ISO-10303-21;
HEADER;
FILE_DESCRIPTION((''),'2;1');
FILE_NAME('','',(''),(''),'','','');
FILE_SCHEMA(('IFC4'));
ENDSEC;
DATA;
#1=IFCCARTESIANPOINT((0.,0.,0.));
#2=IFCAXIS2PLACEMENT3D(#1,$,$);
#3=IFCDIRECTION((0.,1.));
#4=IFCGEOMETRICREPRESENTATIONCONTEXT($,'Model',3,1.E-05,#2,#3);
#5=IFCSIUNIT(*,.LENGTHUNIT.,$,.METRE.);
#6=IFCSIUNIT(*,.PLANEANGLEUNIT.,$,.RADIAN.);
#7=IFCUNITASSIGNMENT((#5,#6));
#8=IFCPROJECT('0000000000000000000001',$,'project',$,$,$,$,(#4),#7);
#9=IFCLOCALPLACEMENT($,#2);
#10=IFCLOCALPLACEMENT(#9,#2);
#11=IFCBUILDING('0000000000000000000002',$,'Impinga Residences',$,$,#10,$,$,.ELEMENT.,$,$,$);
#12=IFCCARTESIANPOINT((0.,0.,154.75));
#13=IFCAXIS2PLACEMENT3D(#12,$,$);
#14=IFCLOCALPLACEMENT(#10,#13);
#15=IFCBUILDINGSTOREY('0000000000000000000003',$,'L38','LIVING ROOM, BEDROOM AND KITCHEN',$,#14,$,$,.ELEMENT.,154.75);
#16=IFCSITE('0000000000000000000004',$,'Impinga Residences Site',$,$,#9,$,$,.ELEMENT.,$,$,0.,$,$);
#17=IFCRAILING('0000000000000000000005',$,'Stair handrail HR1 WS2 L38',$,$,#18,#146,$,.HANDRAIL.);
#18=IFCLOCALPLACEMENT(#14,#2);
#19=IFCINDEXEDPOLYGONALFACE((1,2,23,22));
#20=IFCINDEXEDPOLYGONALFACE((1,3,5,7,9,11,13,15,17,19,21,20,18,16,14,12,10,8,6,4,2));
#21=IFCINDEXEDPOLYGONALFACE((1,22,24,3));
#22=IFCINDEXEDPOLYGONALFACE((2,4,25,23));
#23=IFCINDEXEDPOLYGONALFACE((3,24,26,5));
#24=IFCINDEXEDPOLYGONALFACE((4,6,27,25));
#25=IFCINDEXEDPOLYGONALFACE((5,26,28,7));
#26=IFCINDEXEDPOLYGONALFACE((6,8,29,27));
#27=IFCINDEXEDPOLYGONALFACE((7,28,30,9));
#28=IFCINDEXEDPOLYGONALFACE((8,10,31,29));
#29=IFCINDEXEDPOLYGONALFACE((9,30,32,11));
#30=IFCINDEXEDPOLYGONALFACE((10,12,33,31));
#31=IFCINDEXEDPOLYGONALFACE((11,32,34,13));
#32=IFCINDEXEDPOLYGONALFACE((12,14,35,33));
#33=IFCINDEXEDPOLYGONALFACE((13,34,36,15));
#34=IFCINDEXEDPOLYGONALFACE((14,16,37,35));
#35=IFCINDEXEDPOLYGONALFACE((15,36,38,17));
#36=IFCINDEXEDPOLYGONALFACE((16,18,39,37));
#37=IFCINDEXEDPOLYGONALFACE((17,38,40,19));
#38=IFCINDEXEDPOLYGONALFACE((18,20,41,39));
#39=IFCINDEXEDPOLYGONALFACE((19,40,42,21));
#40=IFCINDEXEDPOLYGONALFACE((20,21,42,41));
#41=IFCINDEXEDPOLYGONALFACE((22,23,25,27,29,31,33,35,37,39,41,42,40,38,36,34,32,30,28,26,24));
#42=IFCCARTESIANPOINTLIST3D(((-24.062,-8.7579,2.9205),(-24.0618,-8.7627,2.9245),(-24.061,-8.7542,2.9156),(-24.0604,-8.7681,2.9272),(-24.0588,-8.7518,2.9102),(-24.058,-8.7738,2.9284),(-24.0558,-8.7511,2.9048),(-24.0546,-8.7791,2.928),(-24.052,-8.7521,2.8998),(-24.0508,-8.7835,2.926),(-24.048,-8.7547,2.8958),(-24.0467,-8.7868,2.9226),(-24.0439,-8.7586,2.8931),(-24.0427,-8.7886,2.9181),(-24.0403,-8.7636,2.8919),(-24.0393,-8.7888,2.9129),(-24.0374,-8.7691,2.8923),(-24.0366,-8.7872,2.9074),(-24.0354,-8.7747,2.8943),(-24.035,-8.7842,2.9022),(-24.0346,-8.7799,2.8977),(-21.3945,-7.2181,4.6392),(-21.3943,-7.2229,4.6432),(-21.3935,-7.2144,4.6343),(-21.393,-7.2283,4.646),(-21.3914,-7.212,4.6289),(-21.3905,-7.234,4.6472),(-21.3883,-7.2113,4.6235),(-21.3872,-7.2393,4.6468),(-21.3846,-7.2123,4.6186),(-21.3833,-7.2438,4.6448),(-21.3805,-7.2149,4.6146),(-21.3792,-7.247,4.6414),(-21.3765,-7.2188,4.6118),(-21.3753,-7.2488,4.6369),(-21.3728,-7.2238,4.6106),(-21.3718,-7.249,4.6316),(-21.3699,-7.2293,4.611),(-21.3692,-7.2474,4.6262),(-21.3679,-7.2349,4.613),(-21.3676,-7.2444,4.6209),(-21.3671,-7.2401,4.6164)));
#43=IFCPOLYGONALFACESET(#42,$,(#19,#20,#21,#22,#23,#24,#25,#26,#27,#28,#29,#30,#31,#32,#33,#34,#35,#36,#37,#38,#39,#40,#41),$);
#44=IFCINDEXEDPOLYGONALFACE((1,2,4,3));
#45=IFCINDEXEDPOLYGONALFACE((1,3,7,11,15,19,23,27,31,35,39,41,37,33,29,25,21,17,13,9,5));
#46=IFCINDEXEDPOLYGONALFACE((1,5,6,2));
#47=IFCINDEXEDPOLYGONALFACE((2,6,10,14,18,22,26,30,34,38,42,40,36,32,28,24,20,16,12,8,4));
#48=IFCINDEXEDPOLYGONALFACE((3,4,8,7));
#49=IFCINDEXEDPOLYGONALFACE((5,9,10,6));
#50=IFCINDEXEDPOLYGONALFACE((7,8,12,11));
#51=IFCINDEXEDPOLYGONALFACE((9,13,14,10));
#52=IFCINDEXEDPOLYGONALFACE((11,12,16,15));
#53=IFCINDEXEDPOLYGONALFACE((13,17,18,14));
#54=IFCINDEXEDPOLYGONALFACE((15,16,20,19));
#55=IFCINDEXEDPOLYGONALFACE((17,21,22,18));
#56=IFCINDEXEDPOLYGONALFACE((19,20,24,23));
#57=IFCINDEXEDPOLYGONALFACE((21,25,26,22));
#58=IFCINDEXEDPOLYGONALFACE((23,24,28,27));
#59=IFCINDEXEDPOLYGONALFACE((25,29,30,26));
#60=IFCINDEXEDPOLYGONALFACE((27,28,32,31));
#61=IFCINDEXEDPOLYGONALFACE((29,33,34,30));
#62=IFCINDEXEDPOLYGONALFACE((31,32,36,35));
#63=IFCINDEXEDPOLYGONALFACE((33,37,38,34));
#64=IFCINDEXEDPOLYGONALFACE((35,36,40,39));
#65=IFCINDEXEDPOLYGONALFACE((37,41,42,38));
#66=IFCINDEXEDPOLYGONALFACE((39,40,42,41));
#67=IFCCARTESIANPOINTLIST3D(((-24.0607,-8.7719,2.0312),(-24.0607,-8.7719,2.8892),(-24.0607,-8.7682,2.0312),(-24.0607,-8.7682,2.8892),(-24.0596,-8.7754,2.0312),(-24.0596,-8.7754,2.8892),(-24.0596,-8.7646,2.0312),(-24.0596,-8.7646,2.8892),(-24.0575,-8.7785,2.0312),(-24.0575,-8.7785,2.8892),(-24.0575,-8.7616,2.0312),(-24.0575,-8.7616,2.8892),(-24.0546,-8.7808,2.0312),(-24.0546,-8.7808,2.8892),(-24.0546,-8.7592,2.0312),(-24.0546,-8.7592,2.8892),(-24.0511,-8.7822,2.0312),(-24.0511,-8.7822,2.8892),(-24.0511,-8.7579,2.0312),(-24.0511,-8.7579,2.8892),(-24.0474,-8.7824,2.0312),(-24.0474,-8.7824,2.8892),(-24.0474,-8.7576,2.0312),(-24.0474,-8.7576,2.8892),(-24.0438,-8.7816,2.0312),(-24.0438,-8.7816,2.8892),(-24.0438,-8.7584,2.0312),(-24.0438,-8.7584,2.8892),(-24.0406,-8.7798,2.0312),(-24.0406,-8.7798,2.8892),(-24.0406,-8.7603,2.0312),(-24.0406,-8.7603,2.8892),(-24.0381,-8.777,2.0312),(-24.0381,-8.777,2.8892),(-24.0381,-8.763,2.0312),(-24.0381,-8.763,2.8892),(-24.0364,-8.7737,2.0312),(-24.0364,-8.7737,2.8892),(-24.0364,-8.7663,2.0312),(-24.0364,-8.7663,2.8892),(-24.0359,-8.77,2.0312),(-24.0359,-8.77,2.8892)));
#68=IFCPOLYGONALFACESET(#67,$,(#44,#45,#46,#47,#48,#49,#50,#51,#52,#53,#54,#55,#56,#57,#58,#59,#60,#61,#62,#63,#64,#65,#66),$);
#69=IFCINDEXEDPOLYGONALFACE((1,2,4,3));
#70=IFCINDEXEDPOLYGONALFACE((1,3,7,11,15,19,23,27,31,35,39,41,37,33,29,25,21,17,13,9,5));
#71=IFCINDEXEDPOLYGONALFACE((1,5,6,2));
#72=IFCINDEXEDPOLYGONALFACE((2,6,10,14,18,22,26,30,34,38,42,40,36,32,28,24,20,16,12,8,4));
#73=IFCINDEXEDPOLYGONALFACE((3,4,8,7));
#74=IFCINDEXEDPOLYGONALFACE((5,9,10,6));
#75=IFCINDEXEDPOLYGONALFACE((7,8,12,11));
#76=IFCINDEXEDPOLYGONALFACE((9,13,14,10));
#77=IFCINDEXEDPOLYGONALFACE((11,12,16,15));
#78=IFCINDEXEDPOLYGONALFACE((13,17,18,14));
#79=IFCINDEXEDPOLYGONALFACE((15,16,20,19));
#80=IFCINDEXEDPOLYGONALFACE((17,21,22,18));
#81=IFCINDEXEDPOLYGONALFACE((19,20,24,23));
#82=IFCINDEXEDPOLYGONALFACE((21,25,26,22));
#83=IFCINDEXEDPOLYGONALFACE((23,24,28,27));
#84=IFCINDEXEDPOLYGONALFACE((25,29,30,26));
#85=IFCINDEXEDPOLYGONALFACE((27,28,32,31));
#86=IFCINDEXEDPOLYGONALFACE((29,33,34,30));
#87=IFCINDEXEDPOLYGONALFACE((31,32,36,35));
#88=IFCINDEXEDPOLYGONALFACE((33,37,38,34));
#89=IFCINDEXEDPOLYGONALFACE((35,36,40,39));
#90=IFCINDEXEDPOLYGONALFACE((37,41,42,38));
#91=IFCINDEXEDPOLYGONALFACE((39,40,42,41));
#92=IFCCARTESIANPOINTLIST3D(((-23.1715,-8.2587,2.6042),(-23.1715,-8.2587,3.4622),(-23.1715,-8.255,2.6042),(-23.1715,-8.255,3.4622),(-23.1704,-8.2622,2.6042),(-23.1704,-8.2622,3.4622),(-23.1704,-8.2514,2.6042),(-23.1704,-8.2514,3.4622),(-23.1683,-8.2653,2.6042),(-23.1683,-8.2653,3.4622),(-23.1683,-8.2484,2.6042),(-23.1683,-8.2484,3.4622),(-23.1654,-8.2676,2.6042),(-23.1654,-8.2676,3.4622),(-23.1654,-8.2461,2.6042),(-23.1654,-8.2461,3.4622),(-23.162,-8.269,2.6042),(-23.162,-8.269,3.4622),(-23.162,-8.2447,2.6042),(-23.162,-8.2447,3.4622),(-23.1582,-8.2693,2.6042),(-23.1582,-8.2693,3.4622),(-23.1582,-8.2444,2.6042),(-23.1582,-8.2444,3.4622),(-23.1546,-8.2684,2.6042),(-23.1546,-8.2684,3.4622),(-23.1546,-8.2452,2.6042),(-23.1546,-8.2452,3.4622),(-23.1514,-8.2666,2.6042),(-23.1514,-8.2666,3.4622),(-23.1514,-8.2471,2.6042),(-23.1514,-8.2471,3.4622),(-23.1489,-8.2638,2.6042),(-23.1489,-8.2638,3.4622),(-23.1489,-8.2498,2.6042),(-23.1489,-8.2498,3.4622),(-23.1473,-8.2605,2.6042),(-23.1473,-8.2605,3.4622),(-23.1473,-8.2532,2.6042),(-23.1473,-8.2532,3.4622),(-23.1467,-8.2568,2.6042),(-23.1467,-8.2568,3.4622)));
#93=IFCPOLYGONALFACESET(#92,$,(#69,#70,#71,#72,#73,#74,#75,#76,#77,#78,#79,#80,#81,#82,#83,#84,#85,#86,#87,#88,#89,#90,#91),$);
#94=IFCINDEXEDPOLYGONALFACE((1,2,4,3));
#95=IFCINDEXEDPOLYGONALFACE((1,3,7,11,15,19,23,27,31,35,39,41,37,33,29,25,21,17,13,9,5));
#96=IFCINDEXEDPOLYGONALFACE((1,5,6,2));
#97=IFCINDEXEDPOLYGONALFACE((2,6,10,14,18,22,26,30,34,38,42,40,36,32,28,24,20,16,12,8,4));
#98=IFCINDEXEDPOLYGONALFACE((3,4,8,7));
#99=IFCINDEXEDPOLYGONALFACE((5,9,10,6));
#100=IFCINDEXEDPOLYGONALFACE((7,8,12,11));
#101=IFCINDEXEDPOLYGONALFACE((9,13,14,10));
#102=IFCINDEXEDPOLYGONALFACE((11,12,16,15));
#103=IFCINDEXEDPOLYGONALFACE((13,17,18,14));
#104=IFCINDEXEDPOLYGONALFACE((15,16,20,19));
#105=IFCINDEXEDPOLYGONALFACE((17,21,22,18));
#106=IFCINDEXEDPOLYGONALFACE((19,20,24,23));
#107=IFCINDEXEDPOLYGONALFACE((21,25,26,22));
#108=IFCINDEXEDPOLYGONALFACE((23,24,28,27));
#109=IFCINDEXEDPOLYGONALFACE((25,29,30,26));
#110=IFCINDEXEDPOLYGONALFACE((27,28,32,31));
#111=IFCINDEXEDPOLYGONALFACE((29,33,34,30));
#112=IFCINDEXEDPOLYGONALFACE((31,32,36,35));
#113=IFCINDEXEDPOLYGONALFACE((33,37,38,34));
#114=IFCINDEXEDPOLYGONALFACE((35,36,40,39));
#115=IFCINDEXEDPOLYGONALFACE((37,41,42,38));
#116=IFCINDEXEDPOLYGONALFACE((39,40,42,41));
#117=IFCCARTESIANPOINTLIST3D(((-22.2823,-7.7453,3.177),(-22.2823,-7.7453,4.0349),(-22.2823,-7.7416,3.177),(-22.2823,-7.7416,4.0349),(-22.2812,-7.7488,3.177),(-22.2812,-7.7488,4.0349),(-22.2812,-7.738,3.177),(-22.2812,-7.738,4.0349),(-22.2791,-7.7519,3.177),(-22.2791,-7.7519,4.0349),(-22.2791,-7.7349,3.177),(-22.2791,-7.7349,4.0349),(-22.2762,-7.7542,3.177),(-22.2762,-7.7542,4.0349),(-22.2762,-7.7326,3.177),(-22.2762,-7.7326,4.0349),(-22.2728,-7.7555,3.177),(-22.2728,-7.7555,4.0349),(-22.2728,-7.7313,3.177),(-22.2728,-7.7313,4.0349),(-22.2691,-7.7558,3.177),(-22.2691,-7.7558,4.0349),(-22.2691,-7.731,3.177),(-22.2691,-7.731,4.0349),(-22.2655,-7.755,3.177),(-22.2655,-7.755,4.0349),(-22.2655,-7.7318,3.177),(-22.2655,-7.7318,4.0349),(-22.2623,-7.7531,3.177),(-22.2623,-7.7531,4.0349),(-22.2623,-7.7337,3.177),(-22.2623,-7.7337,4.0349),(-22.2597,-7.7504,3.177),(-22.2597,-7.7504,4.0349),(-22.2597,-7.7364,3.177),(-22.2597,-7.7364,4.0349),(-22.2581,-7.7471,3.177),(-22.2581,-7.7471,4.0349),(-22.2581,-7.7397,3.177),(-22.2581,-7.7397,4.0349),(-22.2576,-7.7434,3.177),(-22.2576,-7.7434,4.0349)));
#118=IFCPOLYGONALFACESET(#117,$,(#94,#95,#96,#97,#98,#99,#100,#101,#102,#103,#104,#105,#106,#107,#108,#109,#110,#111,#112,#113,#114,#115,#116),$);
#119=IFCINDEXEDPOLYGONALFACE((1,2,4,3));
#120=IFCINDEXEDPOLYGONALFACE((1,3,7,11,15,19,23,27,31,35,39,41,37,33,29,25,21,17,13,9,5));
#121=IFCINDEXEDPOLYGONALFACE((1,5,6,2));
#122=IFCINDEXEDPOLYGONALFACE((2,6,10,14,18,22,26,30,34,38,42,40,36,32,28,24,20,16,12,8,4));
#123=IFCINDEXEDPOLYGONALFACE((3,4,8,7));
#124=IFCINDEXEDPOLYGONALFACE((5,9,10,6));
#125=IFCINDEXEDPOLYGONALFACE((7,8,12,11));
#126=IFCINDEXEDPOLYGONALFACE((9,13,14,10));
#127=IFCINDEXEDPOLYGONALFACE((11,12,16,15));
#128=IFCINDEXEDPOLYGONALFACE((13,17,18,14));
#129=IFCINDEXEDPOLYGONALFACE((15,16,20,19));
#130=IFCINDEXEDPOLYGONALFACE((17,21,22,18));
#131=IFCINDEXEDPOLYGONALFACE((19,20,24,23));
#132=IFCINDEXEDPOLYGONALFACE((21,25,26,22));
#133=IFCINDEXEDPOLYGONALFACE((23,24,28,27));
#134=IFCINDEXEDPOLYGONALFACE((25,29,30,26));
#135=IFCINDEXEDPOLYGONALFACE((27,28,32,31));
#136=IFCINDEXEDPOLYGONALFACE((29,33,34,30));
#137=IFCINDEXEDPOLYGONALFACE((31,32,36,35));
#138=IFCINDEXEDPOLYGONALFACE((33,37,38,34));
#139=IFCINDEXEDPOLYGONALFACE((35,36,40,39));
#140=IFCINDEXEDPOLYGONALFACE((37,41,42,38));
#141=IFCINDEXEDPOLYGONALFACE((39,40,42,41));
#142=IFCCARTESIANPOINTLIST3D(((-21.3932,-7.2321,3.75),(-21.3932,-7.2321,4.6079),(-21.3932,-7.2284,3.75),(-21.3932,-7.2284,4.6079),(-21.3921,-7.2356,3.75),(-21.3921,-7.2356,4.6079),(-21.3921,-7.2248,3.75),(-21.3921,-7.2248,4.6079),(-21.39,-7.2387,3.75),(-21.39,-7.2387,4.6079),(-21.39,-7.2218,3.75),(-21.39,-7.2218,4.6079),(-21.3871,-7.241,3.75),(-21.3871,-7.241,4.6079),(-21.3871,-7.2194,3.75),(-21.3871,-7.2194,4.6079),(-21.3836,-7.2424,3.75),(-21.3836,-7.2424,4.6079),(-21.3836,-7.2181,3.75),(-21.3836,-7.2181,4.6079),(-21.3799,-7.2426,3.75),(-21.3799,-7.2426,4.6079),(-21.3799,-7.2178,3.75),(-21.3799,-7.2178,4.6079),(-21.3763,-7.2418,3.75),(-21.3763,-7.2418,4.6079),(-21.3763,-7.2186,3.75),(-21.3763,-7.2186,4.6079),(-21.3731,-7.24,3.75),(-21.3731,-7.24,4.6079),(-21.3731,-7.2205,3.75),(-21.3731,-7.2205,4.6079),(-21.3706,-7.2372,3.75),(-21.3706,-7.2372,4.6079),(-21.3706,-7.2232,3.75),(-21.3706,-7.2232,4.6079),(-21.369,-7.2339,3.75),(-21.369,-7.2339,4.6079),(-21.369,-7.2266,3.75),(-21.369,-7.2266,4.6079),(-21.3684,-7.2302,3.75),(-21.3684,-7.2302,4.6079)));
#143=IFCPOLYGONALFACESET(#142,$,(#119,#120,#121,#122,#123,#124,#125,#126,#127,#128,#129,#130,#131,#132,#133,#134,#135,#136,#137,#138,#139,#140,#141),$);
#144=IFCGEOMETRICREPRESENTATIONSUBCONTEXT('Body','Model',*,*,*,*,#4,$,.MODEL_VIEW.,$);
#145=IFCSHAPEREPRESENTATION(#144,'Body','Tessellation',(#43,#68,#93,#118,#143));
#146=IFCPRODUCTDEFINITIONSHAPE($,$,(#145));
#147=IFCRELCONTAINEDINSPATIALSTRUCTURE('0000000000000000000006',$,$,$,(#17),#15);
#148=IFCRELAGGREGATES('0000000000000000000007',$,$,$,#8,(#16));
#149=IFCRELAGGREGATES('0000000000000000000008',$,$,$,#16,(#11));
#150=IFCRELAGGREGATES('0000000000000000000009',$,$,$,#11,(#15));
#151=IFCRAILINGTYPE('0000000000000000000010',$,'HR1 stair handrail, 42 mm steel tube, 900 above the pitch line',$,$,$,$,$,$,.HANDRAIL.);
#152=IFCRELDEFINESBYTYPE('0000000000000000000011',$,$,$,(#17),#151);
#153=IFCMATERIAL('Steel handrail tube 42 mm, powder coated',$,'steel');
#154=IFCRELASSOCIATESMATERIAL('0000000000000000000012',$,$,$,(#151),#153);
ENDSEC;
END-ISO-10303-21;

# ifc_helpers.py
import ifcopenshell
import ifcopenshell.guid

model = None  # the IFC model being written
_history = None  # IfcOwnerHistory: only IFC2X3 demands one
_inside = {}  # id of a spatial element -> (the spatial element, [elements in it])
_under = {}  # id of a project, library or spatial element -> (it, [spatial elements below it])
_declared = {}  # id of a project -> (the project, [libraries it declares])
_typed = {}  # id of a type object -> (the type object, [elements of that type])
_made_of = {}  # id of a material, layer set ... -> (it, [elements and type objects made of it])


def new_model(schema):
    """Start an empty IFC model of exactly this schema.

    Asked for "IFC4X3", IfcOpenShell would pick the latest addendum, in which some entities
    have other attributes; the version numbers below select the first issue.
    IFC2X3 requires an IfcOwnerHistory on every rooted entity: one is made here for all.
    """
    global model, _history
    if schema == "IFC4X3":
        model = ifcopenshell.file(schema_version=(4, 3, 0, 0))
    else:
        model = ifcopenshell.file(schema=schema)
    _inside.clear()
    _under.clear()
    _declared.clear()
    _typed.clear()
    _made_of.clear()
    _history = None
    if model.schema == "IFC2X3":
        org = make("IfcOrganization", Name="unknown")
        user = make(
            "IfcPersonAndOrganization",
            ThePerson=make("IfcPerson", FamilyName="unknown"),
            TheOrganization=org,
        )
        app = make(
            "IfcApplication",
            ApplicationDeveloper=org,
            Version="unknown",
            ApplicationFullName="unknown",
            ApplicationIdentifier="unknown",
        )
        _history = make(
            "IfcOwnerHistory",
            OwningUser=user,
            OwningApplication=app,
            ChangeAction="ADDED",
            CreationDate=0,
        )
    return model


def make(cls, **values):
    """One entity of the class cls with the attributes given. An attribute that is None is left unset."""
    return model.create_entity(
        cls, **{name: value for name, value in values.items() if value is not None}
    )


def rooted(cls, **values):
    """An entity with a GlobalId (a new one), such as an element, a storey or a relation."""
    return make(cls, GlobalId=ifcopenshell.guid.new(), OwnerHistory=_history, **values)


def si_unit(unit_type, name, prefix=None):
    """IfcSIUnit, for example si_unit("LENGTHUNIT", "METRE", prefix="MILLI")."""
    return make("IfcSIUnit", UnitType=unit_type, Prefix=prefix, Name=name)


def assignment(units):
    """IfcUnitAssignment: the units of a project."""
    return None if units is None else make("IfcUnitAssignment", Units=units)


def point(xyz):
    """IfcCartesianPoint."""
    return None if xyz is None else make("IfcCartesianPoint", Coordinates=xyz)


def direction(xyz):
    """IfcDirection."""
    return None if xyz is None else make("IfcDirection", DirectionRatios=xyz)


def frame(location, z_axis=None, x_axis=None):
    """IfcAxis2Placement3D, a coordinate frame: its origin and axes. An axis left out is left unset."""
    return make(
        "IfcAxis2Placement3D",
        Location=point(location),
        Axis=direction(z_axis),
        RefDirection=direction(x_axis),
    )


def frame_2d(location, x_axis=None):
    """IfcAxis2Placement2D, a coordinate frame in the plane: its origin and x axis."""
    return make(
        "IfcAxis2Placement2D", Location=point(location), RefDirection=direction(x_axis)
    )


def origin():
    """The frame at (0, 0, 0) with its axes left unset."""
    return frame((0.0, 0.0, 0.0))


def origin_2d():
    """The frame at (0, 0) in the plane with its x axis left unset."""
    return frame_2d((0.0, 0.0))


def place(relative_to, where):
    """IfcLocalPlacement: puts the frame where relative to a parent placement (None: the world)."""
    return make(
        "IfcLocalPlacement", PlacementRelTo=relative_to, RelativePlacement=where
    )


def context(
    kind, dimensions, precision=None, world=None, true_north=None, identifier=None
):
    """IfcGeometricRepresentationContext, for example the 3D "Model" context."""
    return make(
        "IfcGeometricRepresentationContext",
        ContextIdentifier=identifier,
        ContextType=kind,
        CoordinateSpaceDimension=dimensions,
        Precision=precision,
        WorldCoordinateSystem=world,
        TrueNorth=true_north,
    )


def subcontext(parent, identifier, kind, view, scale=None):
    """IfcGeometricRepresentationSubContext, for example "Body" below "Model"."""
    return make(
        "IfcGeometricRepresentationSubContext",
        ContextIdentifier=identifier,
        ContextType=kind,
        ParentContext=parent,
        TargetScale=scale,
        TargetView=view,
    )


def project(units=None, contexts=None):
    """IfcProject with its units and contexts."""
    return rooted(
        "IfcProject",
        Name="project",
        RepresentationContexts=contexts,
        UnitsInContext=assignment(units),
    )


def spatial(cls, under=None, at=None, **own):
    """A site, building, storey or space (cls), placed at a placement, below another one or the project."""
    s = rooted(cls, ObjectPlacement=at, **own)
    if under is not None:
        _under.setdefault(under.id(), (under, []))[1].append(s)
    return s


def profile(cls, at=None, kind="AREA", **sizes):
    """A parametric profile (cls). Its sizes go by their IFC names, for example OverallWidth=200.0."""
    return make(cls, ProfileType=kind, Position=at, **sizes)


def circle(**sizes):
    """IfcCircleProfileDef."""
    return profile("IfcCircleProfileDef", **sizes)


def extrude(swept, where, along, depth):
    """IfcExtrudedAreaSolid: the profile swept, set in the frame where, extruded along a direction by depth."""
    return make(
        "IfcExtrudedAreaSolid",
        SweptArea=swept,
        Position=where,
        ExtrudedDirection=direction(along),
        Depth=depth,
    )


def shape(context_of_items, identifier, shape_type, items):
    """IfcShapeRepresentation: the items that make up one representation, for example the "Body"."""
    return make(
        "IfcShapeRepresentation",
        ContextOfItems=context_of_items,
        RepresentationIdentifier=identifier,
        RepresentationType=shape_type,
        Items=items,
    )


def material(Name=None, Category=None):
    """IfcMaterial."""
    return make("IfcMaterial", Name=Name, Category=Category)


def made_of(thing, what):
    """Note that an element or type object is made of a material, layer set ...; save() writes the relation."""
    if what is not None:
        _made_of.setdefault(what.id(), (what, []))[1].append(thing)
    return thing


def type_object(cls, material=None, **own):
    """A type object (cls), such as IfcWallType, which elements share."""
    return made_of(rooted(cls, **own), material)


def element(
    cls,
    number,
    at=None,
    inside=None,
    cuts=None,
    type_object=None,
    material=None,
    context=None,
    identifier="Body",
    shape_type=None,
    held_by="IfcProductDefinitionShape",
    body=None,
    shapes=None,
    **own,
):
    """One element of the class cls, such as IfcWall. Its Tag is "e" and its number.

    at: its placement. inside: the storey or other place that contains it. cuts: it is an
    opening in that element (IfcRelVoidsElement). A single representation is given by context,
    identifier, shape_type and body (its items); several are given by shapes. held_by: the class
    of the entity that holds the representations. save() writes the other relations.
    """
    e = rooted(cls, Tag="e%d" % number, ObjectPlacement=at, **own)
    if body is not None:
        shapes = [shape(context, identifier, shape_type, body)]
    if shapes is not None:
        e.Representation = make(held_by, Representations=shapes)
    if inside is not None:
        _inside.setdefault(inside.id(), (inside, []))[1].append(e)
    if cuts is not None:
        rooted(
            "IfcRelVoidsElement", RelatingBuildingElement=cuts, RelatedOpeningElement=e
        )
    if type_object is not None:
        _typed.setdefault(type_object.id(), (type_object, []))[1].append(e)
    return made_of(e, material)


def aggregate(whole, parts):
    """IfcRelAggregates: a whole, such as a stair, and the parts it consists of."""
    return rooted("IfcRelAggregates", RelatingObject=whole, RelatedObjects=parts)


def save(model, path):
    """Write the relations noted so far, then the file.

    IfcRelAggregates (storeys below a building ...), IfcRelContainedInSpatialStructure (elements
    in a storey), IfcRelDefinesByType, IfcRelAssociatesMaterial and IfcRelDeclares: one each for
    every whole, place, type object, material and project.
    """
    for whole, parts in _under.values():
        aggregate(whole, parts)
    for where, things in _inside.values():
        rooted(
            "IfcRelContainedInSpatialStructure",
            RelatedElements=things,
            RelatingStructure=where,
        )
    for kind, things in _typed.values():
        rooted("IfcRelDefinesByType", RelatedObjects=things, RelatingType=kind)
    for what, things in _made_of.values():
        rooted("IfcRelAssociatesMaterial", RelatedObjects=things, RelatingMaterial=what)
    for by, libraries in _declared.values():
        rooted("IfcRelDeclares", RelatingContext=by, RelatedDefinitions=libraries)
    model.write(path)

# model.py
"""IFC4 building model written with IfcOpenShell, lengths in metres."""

from ifc_helpers import new_model, si_unit, direction, frame, origin, origin_2d, place, context, subcontext, project, spatial, circle, extrude, material, type_object, element, save


model = new_model("IFC4")

# Units and contexts
model_context = context("Model", 3, precision=1e-05, world=origin(), true_north=direction((0.0, 1.0)))
body_context = subcontext(model_context, "Body", "Model", "MODEL_VIEW")
ifc_project = project(units=[si_unit("LENGTHUNIT", "METRE"), si_unit("PLANEANGLEUNIT", "RADIAN")], contexts=[model_context])

# Site, building, storey
site_placement = place(None, origin())
site = spatial("IfcSite", under=ifc_project, at=site_placement, Name="Impinga Residences Site", CompositionType="ELEMENT", RefElevation=0.0)
building_placement = place(site_placement, origin())
building = spatial("IfcBuilding", under=site, at=building_placement, Name="Impinga Residences", CompositionType="ELEMENT")
storey_placement = place(building_placement, frame((0.0, 0.0, 154.75)))
storey = spatial("IfcBuildingStorey", under=building, at=storey_placement, Name="L38", Description="LIVING ROOM, BEDROOM AND KITCHEN", CompositionType="ELEMENT", Elevation=154.75)

# Railing
ifc_material_1 = material(Name="Steel handrail tube 42 mm, powder coated", Category="steel")
railing_type_1 = type_object("IfcRailingType", Name="HR1 stair handrail, 42 mm steel tube, 900 above the pitch line", PredefinedType="HANDRAIL", material=ifc_material_1)
railing_1_placement = place(storey_placement, frame((-24.0483, -8.77, 2.0312)))
element("IfcRailing", 1, at=railing_1_placement, inside=storey, type_object=railing_type_1, Name="Stair handrail HR1 WS2 L38", PredefinedType="HANDRAIL", context=body_context, shape_type="SweptSolid", body=[
    extrude(circle(Radius=0.021, at=origin_2d()), frame((0.0, 0.0, 0.8789), z_axis=(0.756279, 0.43656, 0.487297), x_axis=(-0.499933, 0.866064, 0.0)), (0.0, 0.0, 1.0), 3.5271),
    extrude(circle(Radius=0.0125, at=origin_2d()), origin(), (0.0, 0.0, 1.0), 0.8579),
    extrude(circle(Radius=0.0125, at=origin_2d()), frame((0.8892, 0.5132, 0.573)), (0.0, 0.0, 1.0), 0.8579),
    extrude(circle(Radius=0.0125, at=origin_2d()), frame((1.7783, 1.0266, 1.1458)), (0.0, 0.0, 1.0), 0.8579),
    extrude(circle(Radius=0.0125, at=origin_2d()), frame((2.6675, 1.5398, 1.7188)), (0.0, 0.0, 1.0), 0.8579),
])

save(model, "model.ifc")
